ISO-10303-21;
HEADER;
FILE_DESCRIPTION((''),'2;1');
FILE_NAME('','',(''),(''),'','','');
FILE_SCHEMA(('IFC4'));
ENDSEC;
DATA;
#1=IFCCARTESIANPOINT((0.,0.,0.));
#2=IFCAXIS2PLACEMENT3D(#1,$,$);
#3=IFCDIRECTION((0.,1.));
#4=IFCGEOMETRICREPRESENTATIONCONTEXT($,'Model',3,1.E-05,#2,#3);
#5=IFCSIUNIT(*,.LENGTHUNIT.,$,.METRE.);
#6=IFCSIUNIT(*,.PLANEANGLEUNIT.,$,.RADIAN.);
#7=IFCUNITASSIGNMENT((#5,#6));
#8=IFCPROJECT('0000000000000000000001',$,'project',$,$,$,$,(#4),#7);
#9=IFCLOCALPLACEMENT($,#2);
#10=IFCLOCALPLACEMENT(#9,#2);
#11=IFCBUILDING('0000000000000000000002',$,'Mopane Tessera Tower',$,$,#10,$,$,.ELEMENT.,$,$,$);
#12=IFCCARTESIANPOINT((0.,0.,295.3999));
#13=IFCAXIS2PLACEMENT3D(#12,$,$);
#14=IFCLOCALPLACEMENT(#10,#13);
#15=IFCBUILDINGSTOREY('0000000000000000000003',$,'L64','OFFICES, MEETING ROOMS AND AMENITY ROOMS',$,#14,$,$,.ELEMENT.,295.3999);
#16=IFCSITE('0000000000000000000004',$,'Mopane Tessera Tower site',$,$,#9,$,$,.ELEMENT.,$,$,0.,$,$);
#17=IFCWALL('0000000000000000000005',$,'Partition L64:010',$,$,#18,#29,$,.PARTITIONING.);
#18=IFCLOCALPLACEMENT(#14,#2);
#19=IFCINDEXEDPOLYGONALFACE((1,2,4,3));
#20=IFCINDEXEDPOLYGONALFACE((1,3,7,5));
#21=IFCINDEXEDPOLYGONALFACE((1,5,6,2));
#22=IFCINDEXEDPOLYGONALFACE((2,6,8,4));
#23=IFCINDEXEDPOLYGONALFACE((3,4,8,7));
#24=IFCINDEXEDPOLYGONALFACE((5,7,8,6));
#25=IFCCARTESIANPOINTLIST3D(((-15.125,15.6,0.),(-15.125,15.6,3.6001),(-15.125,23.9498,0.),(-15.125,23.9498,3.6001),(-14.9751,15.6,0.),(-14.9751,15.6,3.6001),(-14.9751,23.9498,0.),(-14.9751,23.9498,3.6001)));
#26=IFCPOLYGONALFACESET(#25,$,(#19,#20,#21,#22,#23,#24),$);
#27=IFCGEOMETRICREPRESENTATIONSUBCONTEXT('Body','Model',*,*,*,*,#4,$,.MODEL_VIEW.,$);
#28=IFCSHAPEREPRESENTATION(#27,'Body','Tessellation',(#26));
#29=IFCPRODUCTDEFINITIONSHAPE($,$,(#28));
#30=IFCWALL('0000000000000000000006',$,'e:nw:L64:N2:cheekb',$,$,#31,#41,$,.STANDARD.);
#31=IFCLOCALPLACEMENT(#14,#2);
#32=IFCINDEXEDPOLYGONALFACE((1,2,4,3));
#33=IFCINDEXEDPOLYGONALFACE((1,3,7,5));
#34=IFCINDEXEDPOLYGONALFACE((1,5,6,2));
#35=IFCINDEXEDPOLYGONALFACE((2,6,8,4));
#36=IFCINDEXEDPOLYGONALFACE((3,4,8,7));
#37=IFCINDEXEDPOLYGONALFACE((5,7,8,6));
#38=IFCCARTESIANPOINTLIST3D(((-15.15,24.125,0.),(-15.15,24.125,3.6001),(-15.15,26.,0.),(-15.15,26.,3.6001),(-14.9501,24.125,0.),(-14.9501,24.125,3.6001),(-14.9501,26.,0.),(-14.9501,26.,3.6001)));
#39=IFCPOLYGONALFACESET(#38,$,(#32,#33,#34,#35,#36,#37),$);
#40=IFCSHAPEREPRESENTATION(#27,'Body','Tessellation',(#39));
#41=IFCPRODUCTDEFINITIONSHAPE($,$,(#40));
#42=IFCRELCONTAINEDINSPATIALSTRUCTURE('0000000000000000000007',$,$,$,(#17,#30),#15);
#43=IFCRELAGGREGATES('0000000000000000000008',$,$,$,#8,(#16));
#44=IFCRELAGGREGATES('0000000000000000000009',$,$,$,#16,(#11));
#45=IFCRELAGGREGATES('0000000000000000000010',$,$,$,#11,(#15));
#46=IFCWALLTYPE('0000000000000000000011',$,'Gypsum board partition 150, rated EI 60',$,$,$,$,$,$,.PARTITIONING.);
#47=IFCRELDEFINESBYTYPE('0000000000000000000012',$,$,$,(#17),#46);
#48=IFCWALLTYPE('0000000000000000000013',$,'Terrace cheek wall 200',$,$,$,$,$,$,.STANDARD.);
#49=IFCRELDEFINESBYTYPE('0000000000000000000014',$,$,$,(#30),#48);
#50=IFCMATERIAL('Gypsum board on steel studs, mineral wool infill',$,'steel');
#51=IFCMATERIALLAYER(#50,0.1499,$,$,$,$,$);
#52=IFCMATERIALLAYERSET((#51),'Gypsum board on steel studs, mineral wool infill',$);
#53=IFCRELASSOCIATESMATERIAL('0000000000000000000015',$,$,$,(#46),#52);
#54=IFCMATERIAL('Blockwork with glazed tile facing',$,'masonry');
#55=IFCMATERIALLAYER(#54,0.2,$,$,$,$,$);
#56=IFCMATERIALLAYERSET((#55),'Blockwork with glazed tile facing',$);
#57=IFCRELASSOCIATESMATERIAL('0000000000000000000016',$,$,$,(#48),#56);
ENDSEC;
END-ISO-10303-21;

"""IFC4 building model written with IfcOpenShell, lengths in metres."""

from ifc_helpers import new_model, si_unit, direction, frame, frame_2d, origin, place, context, subcontext, project, spatial, rectangle, extrude, material, layer, layer_set, type_object, element, save


model = new_model("IFC4")

# Units and contexts
model_context = context("Model", 3, precision=1e-05, world=origin(), true_north=direction((0.0, 1.0)))
body_context = subcontext(model_context, "Body", "Model", "MODEL_VIEW")
ifc_project = project(units=[si_unit("LENGTHUNIT", "METRE"), si_unit("PLANEANGLEUNIT", "RADIAN")], contexts=[model_context])

# Site, building, storey
site_placement = place(None, origin())
site = spatial("IfcSite", under=ifc_project, at=site_placement, Name="Mopane Tessera Tower site", CompositionType="ELEMENT", RefElevation=0.0)
building_placement = place(site_placement, origin())
building = spatial("IfcBuilding", under=site, at=building_placement, Name="Mopane Tessera Tower", CompositionType="ELEMENT")
storey_placement = place(building_placement, frame((0.0, 0.0, 295.3999)))
storey = spatial("IfcBuildingStorey", under=building, at=storey_placement, Name="L64", Description="OFFICES, MEETING ROOMS AND AMENITY ROOMS", CompositionType="ELEMENT", Elevation=295.3999)

# Walls
ifc_material_1 = material(Name="Gypsum board on steel studs, mineral wool infill", Category="steel")
ifc_layer_1 = layer(ifc_material_1, 0.1499)
ifc_layer_set_1 = layer_set([ifc_layer_1], Name="Gypsum board on steel studs, mineral wool infill")
wall_type_1 = type_object("IfcWallType", Name="Gypsum board partition 150, rated EI 60", PredefinedType="PARTITIONING", material=ifc_layer_set_1)
wall_1_placement = place(storey_placement, frame((-15.05, 15.6001, 0.0), z_axis=(0.0, 0.0, 1.0), x_axis=(0.0, 1.0, 0.0)))
element("IfcWall", 1, at=wall_1_placement, inside=storey, type_object=wall_type_1, Name="Partition L64:010", PredefinedType="PARTITIONING", context=body_context, shape_type="SweptSolid", body=[
    extrude(rectangle(XDim=8.3499, YDim=0.1499, at=frame_2d((4.1748, 0.0))), origin(), (0.0, 0.0, 1.0), 3.6001),
])
ifc_material_2 = material(Name="Blockwork with glazed tile facing", Category="masonry")
ifc_layer_2 = layer(ifc_material_2, 0.2)
ifc_layer_set_2 = layer_set([ifc_layer_2], Name="Blockwork with glazed tile facing")
wall_type_2 = type_object("IfcWallType", Name="Terrace cheek wall 200", PredefinedType="STANDARD", material=ifc_layer_set_2)
wall_2_placement = place(storey_placement, frame((-15.05, 26.0, 0.0), z_axis=(0.0, 0.0, 1.0), x_axis=(0.0, -1.0, 0.0)))
element("IfcWall", 2, at=wall_2_placement, inside=storey, type_object=wall_type_2, Name="e:nw:L64:N2:cheekb", PredefinedType="STANDARD", context=body_context, shape_type="SweptSolid", body=[
    extrude(rectangle(XDim=1.875, YDim=0.2, at=frame_2d((0.9375, 0.0))), origin(), (0.0, 0.0, 1.0), 3.6001),
])

save(model, "model.ifc")
